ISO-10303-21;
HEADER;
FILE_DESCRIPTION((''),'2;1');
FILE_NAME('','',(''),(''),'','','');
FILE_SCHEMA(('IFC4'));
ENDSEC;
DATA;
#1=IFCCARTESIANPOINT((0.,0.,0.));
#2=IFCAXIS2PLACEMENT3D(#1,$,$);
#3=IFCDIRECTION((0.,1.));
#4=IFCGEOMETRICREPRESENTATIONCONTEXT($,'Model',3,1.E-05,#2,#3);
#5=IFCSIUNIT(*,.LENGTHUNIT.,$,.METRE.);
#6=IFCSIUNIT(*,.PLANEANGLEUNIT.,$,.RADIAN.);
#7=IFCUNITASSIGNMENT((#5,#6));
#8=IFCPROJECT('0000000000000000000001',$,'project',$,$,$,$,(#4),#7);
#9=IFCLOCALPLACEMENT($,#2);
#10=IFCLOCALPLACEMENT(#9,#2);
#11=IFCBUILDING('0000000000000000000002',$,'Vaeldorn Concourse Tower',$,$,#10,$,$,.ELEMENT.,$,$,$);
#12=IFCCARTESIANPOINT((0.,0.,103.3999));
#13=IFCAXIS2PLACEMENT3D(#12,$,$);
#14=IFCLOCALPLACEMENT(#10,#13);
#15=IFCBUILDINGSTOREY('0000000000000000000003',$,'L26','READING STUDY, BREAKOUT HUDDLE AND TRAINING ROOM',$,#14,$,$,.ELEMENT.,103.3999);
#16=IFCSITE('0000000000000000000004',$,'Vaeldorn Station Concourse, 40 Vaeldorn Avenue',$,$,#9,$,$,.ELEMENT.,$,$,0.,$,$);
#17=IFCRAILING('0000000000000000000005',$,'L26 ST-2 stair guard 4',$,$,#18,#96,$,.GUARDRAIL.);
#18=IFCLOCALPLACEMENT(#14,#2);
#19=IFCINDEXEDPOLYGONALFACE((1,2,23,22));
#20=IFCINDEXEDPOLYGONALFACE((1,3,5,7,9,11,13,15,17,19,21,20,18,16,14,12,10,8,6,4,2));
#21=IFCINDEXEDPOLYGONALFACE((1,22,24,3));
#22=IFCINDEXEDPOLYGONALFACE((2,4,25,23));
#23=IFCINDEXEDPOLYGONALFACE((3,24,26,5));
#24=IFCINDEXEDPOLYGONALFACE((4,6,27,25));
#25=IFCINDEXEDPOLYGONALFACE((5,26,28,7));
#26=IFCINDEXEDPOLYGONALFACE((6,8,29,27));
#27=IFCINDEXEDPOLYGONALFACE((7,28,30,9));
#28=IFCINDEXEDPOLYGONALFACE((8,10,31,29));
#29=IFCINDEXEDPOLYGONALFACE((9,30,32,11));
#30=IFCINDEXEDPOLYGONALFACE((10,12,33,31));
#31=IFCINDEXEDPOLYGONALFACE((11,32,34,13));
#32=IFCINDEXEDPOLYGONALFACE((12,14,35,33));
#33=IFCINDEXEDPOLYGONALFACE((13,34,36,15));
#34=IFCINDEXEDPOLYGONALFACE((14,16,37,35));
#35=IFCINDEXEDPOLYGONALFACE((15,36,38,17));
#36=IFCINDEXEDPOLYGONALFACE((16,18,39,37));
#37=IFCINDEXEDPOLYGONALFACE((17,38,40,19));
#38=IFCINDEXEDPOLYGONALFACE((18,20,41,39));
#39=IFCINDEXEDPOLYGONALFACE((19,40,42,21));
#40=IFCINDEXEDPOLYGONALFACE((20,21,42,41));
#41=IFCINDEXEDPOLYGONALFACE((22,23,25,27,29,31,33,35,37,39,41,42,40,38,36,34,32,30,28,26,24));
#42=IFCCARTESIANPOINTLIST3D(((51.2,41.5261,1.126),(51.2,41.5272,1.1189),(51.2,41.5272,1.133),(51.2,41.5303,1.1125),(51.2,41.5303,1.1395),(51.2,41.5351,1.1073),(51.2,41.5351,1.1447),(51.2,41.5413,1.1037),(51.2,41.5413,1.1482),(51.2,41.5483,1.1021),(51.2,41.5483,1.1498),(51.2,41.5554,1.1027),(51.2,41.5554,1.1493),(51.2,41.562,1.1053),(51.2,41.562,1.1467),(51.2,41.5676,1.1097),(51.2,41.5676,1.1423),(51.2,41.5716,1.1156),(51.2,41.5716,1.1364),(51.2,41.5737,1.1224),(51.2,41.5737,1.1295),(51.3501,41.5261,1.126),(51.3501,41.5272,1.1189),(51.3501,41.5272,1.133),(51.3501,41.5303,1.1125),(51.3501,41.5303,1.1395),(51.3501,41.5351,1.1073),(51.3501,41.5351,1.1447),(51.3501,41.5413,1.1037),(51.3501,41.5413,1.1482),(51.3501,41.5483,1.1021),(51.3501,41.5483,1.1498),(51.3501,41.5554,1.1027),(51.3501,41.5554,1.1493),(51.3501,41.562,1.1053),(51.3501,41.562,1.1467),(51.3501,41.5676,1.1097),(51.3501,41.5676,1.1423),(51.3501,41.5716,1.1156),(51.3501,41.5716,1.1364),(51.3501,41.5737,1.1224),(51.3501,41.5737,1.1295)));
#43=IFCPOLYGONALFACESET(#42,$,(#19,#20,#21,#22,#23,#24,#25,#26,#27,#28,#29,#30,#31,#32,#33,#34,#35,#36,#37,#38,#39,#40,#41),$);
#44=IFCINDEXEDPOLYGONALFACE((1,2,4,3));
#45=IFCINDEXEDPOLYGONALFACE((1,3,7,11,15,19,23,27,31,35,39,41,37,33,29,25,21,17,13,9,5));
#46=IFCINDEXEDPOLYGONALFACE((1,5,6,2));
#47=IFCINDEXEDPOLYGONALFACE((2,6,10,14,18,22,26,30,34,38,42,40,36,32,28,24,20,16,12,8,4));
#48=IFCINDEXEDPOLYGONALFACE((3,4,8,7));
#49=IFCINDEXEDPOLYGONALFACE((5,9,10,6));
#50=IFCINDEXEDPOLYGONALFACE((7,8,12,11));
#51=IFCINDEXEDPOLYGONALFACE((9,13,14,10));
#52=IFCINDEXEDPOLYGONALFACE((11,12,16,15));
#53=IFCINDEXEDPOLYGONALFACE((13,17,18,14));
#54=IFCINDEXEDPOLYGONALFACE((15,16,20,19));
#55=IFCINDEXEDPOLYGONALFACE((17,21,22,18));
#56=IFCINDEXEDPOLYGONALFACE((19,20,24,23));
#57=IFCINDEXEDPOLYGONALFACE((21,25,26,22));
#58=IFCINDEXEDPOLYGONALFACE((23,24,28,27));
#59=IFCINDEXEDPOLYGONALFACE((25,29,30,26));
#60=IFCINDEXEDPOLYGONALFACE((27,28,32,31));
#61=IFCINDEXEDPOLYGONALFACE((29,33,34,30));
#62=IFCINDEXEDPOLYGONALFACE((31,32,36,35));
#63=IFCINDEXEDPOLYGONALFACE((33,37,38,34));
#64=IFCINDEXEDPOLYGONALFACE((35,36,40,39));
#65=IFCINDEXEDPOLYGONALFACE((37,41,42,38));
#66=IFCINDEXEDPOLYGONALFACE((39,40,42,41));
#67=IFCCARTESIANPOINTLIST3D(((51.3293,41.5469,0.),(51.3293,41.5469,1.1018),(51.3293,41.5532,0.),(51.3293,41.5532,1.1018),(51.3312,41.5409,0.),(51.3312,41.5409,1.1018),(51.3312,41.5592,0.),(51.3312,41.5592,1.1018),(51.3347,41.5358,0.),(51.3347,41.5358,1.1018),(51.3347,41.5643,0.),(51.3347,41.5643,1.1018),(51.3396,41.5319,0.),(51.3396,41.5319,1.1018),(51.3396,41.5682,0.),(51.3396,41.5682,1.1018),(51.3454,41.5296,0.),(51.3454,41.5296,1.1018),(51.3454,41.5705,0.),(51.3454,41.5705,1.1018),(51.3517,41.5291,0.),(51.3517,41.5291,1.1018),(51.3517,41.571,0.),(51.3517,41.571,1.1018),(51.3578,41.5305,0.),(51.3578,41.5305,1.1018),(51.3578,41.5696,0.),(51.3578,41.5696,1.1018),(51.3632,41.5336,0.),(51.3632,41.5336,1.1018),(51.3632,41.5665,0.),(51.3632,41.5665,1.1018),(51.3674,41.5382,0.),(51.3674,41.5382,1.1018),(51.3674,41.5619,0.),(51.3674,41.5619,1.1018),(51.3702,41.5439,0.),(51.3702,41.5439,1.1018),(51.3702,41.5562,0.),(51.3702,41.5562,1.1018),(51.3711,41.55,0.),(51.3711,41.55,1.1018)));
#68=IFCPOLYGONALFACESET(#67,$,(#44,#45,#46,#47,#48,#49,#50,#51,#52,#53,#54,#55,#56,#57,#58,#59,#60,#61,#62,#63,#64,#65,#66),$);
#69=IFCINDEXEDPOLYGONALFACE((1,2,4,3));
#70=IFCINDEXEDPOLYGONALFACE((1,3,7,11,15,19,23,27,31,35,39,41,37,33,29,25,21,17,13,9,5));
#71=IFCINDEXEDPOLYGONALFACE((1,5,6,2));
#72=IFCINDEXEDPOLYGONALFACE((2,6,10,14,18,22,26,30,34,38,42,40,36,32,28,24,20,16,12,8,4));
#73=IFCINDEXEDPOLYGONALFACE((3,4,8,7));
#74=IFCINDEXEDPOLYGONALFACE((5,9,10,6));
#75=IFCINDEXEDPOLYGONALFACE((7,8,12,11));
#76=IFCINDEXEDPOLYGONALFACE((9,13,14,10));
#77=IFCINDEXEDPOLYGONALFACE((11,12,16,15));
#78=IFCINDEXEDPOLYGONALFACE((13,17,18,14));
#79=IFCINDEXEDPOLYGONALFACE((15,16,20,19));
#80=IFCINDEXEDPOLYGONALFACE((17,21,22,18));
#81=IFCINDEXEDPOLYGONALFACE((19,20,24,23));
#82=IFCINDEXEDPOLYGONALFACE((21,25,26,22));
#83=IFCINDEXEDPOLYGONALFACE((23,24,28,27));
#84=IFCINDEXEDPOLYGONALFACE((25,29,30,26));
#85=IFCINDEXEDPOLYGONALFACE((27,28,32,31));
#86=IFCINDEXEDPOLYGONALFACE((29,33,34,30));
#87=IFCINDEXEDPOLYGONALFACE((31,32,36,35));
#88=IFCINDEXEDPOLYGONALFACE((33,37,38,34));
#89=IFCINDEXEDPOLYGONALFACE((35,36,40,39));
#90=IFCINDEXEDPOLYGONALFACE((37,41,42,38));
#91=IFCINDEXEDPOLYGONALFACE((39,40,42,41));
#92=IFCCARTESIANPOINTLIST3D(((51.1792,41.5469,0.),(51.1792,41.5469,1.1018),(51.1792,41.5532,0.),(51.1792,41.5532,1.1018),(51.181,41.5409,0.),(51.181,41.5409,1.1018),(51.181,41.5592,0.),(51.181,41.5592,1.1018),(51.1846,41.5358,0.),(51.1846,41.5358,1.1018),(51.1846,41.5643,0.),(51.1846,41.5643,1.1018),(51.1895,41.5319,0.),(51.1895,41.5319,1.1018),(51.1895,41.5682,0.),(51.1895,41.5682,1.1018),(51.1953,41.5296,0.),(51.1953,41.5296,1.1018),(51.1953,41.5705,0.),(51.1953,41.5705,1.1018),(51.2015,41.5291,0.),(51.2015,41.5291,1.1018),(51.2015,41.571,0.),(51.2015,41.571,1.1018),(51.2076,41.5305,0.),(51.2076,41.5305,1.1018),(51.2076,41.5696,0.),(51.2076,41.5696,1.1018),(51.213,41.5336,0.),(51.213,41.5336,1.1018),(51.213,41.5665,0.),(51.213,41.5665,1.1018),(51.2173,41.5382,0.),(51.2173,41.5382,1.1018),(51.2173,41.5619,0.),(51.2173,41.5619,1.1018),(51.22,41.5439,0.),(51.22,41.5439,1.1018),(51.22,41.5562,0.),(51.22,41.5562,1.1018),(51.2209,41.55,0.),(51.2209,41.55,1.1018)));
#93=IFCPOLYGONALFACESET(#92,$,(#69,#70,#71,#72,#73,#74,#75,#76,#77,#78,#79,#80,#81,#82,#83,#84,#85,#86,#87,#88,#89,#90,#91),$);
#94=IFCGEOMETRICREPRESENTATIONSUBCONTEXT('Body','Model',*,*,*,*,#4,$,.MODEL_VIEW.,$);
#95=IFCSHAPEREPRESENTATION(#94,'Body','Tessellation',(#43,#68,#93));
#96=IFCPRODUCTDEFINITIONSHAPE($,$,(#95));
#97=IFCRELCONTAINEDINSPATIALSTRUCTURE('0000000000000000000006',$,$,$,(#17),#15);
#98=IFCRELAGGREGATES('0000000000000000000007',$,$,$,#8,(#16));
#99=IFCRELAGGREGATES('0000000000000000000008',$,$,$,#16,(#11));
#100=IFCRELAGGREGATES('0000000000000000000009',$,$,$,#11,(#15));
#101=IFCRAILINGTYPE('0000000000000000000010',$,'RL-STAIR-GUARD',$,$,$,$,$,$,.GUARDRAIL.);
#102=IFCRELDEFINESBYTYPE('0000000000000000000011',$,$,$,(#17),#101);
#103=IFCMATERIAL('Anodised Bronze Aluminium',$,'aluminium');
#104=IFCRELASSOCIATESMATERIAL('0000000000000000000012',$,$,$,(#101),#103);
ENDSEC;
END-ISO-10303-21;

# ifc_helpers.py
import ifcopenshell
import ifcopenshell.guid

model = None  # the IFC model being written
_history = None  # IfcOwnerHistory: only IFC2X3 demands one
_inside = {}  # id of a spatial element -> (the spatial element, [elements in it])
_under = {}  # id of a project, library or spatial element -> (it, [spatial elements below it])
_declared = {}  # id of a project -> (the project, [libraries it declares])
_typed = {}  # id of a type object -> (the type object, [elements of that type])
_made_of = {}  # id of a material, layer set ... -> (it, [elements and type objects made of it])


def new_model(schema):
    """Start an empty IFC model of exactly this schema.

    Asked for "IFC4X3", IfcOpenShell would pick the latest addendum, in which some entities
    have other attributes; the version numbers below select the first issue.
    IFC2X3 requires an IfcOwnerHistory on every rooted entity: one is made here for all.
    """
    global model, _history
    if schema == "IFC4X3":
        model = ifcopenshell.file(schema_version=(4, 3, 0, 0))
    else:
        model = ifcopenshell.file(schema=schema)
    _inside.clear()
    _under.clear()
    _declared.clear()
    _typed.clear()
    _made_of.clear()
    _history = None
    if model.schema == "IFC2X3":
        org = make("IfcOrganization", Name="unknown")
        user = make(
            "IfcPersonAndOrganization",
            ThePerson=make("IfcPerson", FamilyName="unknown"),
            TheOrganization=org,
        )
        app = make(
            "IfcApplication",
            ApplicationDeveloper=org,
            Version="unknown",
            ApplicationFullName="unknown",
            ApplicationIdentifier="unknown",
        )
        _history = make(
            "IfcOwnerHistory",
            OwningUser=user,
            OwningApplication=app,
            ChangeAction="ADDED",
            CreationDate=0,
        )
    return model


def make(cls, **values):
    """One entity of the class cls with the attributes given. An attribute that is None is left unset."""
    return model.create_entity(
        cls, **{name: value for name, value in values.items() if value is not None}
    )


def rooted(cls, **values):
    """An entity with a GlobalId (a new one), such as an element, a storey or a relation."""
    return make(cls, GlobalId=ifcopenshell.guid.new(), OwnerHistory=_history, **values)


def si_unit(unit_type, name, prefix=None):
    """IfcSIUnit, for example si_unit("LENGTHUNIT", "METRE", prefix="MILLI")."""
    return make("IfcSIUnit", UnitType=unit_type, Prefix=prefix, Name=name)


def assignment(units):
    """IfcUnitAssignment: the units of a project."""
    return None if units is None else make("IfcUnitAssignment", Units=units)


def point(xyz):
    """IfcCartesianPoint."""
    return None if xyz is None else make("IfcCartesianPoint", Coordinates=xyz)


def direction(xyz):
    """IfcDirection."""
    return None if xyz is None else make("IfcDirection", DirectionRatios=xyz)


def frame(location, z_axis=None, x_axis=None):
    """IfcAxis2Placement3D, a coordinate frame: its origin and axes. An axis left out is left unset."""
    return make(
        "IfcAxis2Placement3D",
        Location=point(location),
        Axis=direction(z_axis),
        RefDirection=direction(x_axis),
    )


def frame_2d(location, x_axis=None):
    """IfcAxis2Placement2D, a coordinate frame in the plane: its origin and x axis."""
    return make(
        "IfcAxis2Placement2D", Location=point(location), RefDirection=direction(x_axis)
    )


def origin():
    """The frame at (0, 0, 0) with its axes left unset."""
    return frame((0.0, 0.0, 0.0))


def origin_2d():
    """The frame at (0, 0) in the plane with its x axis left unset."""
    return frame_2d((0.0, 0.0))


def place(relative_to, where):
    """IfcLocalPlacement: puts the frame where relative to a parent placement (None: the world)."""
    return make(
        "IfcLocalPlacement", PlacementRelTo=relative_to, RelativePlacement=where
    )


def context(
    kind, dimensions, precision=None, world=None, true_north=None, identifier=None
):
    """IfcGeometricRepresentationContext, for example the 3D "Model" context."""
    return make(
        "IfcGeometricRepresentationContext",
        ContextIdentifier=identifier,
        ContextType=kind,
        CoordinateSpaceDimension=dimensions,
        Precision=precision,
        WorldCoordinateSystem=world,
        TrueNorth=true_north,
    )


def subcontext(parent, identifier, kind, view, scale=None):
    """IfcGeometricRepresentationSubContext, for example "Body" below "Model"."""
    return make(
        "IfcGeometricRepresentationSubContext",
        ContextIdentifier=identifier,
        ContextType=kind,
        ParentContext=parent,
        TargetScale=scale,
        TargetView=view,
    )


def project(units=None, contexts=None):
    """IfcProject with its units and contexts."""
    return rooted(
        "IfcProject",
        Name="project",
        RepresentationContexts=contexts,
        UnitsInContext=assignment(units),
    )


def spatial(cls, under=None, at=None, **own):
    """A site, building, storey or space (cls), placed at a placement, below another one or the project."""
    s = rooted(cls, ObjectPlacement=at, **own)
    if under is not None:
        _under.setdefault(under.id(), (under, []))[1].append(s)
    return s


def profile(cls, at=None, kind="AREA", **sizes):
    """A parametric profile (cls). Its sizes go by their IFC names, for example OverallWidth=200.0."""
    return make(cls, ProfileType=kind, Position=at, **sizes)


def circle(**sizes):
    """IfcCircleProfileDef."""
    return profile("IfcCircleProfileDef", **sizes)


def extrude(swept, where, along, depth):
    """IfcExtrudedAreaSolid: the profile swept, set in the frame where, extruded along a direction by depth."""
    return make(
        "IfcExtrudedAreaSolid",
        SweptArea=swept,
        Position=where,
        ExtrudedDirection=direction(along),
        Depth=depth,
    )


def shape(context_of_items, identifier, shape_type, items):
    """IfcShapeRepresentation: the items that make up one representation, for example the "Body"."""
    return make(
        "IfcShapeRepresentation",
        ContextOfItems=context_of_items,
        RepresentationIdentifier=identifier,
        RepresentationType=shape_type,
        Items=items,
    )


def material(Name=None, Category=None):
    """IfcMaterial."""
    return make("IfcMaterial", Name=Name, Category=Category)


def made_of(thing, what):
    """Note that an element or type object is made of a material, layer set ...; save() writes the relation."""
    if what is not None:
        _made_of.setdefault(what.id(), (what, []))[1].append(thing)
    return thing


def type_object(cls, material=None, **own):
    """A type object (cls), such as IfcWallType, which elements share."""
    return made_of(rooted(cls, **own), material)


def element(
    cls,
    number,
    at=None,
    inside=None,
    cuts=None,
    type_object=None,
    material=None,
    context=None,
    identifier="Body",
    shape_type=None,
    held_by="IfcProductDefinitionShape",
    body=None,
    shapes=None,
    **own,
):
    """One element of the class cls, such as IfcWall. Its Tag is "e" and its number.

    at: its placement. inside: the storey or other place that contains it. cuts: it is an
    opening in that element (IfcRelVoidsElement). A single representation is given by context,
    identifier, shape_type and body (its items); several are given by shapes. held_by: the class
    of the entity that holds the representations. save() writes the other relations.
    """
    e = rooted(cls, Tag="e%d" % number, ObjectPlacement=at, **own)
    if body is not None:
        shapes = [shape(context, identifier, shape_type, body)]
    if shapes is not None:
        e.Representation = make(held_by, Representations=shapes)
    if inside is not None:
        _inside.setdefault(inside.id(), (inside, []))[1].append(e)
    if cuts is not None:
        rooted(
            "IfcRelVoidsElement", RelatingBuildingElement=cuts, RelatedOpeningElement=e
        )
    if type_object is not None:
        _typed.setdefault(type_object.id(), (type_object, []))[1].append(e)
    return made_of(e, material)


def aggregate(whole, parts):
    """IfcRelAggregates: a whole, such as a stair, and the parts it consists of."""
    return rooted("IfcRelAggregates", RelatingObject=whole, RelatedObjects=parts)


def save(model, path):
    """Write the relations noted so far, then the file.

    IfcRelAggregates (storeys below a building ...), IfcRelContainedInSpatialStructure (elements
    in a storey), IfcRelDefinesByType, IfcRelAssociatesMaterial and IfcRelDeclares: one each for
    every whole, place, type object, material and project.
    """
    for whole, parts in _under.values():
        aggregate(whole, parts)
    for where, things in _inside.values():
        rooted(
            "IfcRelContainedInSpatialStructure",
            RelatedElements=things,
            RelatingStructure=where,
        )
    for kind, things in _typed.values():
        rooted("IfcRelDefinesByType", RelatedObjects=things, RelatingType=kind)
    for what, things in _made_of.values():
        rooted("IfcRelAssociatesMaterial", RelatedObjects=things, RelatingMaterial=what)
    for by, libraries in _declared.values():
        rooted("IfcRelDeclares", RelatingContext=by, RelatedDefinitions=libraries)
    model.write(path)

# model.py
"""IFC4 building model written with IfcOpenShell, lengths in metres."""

from ifc_helpers import new_model, si_unit, direction, frame, origin, origin_2d, place, context, subcontext, project, spatial, circle, extrude, material, type_object, element, save


model = new_model("IFC4")

# Units and contexts
model_context = context("Model", 3, precision=1e-05, world=origin(), true_north=direction((0.0, 1.0)))
body_context = subcontext(model_context, "Body", "Model", "MODEL_VIEW")
ifc_project = project(units=[si_unit("LENGTHUNIT", "METRE"), si_unit("PLANEANGLEUNIT", "RADIAN")], contexts=[model_context])

# Site, building, storey
site_placement = place(None, origin())
site = spatial("IfcSite", under=ifc_project, at=site_placement, Name="Vaeldorn Station Concourse, 40 Vaeldorn Avenue", CompositionType="ELEMENT", RefElevation=0.0)
building_placement = place(site_placement, origin())
building = spatial("IfcBuilding", under=site, at=building_placement, Name="Vaeldorn Concourse Tower", CompositionType="ELEMENT")
storey_placement = place(building_placement, frame((0.0, 0.0, 103.3999)))
storey = spatial("IfcBuildingStorey", under=building, at=storey_placement, Name="L26", Description="READING STUDY, BREAKOUT HUDDLE AND TRAINING ROOM", CompositionType="ELEMENT", Elevation=103.3999)

# Shared definitions
ifc_material_1 = material(Name="Anodised Bronze Aluminium", Category="aluminium")

# Railing
railing_type_1 = type_object("IfcRailingType", Name="RL-STAIR-GUARD", PredefinedType="GUARDRAIL", material=ifc_material_1)
railing_1_placement = place(storey_placement, frame((51.3501, 41.55, 0.0)))
element("IfcRailing", 1, at=railing_1_placement, inside=storey, type_object=railing_type_1, Name="L26 ST-2 stair guard 4", PredefinedType="GUARDRAIL", context=body_context, shape_type="SweptSolid", body=[
    extrude(circle(Radius=0.0239, at=origin_2d()), frame((0.0, 0.0, 1.126), z_axis=(-1.0, 0.0, 0.0), x_axis=(0.0, -1.0, 0.0)), (0.0, 0.0, 1.0), 0.1501),
    extrude(circle(Radius=0.021, at=origin_2d()), origin(), (0.0, 0.0, 1.0), 1.1018),
    extrude(circle(Radius=0.021, at=origin_2d()), frame((-0.1501, 0.0, 0.0)), (0.0, 0.0, 1.0), 1.1018),
])

save(model, "model.ifc")
